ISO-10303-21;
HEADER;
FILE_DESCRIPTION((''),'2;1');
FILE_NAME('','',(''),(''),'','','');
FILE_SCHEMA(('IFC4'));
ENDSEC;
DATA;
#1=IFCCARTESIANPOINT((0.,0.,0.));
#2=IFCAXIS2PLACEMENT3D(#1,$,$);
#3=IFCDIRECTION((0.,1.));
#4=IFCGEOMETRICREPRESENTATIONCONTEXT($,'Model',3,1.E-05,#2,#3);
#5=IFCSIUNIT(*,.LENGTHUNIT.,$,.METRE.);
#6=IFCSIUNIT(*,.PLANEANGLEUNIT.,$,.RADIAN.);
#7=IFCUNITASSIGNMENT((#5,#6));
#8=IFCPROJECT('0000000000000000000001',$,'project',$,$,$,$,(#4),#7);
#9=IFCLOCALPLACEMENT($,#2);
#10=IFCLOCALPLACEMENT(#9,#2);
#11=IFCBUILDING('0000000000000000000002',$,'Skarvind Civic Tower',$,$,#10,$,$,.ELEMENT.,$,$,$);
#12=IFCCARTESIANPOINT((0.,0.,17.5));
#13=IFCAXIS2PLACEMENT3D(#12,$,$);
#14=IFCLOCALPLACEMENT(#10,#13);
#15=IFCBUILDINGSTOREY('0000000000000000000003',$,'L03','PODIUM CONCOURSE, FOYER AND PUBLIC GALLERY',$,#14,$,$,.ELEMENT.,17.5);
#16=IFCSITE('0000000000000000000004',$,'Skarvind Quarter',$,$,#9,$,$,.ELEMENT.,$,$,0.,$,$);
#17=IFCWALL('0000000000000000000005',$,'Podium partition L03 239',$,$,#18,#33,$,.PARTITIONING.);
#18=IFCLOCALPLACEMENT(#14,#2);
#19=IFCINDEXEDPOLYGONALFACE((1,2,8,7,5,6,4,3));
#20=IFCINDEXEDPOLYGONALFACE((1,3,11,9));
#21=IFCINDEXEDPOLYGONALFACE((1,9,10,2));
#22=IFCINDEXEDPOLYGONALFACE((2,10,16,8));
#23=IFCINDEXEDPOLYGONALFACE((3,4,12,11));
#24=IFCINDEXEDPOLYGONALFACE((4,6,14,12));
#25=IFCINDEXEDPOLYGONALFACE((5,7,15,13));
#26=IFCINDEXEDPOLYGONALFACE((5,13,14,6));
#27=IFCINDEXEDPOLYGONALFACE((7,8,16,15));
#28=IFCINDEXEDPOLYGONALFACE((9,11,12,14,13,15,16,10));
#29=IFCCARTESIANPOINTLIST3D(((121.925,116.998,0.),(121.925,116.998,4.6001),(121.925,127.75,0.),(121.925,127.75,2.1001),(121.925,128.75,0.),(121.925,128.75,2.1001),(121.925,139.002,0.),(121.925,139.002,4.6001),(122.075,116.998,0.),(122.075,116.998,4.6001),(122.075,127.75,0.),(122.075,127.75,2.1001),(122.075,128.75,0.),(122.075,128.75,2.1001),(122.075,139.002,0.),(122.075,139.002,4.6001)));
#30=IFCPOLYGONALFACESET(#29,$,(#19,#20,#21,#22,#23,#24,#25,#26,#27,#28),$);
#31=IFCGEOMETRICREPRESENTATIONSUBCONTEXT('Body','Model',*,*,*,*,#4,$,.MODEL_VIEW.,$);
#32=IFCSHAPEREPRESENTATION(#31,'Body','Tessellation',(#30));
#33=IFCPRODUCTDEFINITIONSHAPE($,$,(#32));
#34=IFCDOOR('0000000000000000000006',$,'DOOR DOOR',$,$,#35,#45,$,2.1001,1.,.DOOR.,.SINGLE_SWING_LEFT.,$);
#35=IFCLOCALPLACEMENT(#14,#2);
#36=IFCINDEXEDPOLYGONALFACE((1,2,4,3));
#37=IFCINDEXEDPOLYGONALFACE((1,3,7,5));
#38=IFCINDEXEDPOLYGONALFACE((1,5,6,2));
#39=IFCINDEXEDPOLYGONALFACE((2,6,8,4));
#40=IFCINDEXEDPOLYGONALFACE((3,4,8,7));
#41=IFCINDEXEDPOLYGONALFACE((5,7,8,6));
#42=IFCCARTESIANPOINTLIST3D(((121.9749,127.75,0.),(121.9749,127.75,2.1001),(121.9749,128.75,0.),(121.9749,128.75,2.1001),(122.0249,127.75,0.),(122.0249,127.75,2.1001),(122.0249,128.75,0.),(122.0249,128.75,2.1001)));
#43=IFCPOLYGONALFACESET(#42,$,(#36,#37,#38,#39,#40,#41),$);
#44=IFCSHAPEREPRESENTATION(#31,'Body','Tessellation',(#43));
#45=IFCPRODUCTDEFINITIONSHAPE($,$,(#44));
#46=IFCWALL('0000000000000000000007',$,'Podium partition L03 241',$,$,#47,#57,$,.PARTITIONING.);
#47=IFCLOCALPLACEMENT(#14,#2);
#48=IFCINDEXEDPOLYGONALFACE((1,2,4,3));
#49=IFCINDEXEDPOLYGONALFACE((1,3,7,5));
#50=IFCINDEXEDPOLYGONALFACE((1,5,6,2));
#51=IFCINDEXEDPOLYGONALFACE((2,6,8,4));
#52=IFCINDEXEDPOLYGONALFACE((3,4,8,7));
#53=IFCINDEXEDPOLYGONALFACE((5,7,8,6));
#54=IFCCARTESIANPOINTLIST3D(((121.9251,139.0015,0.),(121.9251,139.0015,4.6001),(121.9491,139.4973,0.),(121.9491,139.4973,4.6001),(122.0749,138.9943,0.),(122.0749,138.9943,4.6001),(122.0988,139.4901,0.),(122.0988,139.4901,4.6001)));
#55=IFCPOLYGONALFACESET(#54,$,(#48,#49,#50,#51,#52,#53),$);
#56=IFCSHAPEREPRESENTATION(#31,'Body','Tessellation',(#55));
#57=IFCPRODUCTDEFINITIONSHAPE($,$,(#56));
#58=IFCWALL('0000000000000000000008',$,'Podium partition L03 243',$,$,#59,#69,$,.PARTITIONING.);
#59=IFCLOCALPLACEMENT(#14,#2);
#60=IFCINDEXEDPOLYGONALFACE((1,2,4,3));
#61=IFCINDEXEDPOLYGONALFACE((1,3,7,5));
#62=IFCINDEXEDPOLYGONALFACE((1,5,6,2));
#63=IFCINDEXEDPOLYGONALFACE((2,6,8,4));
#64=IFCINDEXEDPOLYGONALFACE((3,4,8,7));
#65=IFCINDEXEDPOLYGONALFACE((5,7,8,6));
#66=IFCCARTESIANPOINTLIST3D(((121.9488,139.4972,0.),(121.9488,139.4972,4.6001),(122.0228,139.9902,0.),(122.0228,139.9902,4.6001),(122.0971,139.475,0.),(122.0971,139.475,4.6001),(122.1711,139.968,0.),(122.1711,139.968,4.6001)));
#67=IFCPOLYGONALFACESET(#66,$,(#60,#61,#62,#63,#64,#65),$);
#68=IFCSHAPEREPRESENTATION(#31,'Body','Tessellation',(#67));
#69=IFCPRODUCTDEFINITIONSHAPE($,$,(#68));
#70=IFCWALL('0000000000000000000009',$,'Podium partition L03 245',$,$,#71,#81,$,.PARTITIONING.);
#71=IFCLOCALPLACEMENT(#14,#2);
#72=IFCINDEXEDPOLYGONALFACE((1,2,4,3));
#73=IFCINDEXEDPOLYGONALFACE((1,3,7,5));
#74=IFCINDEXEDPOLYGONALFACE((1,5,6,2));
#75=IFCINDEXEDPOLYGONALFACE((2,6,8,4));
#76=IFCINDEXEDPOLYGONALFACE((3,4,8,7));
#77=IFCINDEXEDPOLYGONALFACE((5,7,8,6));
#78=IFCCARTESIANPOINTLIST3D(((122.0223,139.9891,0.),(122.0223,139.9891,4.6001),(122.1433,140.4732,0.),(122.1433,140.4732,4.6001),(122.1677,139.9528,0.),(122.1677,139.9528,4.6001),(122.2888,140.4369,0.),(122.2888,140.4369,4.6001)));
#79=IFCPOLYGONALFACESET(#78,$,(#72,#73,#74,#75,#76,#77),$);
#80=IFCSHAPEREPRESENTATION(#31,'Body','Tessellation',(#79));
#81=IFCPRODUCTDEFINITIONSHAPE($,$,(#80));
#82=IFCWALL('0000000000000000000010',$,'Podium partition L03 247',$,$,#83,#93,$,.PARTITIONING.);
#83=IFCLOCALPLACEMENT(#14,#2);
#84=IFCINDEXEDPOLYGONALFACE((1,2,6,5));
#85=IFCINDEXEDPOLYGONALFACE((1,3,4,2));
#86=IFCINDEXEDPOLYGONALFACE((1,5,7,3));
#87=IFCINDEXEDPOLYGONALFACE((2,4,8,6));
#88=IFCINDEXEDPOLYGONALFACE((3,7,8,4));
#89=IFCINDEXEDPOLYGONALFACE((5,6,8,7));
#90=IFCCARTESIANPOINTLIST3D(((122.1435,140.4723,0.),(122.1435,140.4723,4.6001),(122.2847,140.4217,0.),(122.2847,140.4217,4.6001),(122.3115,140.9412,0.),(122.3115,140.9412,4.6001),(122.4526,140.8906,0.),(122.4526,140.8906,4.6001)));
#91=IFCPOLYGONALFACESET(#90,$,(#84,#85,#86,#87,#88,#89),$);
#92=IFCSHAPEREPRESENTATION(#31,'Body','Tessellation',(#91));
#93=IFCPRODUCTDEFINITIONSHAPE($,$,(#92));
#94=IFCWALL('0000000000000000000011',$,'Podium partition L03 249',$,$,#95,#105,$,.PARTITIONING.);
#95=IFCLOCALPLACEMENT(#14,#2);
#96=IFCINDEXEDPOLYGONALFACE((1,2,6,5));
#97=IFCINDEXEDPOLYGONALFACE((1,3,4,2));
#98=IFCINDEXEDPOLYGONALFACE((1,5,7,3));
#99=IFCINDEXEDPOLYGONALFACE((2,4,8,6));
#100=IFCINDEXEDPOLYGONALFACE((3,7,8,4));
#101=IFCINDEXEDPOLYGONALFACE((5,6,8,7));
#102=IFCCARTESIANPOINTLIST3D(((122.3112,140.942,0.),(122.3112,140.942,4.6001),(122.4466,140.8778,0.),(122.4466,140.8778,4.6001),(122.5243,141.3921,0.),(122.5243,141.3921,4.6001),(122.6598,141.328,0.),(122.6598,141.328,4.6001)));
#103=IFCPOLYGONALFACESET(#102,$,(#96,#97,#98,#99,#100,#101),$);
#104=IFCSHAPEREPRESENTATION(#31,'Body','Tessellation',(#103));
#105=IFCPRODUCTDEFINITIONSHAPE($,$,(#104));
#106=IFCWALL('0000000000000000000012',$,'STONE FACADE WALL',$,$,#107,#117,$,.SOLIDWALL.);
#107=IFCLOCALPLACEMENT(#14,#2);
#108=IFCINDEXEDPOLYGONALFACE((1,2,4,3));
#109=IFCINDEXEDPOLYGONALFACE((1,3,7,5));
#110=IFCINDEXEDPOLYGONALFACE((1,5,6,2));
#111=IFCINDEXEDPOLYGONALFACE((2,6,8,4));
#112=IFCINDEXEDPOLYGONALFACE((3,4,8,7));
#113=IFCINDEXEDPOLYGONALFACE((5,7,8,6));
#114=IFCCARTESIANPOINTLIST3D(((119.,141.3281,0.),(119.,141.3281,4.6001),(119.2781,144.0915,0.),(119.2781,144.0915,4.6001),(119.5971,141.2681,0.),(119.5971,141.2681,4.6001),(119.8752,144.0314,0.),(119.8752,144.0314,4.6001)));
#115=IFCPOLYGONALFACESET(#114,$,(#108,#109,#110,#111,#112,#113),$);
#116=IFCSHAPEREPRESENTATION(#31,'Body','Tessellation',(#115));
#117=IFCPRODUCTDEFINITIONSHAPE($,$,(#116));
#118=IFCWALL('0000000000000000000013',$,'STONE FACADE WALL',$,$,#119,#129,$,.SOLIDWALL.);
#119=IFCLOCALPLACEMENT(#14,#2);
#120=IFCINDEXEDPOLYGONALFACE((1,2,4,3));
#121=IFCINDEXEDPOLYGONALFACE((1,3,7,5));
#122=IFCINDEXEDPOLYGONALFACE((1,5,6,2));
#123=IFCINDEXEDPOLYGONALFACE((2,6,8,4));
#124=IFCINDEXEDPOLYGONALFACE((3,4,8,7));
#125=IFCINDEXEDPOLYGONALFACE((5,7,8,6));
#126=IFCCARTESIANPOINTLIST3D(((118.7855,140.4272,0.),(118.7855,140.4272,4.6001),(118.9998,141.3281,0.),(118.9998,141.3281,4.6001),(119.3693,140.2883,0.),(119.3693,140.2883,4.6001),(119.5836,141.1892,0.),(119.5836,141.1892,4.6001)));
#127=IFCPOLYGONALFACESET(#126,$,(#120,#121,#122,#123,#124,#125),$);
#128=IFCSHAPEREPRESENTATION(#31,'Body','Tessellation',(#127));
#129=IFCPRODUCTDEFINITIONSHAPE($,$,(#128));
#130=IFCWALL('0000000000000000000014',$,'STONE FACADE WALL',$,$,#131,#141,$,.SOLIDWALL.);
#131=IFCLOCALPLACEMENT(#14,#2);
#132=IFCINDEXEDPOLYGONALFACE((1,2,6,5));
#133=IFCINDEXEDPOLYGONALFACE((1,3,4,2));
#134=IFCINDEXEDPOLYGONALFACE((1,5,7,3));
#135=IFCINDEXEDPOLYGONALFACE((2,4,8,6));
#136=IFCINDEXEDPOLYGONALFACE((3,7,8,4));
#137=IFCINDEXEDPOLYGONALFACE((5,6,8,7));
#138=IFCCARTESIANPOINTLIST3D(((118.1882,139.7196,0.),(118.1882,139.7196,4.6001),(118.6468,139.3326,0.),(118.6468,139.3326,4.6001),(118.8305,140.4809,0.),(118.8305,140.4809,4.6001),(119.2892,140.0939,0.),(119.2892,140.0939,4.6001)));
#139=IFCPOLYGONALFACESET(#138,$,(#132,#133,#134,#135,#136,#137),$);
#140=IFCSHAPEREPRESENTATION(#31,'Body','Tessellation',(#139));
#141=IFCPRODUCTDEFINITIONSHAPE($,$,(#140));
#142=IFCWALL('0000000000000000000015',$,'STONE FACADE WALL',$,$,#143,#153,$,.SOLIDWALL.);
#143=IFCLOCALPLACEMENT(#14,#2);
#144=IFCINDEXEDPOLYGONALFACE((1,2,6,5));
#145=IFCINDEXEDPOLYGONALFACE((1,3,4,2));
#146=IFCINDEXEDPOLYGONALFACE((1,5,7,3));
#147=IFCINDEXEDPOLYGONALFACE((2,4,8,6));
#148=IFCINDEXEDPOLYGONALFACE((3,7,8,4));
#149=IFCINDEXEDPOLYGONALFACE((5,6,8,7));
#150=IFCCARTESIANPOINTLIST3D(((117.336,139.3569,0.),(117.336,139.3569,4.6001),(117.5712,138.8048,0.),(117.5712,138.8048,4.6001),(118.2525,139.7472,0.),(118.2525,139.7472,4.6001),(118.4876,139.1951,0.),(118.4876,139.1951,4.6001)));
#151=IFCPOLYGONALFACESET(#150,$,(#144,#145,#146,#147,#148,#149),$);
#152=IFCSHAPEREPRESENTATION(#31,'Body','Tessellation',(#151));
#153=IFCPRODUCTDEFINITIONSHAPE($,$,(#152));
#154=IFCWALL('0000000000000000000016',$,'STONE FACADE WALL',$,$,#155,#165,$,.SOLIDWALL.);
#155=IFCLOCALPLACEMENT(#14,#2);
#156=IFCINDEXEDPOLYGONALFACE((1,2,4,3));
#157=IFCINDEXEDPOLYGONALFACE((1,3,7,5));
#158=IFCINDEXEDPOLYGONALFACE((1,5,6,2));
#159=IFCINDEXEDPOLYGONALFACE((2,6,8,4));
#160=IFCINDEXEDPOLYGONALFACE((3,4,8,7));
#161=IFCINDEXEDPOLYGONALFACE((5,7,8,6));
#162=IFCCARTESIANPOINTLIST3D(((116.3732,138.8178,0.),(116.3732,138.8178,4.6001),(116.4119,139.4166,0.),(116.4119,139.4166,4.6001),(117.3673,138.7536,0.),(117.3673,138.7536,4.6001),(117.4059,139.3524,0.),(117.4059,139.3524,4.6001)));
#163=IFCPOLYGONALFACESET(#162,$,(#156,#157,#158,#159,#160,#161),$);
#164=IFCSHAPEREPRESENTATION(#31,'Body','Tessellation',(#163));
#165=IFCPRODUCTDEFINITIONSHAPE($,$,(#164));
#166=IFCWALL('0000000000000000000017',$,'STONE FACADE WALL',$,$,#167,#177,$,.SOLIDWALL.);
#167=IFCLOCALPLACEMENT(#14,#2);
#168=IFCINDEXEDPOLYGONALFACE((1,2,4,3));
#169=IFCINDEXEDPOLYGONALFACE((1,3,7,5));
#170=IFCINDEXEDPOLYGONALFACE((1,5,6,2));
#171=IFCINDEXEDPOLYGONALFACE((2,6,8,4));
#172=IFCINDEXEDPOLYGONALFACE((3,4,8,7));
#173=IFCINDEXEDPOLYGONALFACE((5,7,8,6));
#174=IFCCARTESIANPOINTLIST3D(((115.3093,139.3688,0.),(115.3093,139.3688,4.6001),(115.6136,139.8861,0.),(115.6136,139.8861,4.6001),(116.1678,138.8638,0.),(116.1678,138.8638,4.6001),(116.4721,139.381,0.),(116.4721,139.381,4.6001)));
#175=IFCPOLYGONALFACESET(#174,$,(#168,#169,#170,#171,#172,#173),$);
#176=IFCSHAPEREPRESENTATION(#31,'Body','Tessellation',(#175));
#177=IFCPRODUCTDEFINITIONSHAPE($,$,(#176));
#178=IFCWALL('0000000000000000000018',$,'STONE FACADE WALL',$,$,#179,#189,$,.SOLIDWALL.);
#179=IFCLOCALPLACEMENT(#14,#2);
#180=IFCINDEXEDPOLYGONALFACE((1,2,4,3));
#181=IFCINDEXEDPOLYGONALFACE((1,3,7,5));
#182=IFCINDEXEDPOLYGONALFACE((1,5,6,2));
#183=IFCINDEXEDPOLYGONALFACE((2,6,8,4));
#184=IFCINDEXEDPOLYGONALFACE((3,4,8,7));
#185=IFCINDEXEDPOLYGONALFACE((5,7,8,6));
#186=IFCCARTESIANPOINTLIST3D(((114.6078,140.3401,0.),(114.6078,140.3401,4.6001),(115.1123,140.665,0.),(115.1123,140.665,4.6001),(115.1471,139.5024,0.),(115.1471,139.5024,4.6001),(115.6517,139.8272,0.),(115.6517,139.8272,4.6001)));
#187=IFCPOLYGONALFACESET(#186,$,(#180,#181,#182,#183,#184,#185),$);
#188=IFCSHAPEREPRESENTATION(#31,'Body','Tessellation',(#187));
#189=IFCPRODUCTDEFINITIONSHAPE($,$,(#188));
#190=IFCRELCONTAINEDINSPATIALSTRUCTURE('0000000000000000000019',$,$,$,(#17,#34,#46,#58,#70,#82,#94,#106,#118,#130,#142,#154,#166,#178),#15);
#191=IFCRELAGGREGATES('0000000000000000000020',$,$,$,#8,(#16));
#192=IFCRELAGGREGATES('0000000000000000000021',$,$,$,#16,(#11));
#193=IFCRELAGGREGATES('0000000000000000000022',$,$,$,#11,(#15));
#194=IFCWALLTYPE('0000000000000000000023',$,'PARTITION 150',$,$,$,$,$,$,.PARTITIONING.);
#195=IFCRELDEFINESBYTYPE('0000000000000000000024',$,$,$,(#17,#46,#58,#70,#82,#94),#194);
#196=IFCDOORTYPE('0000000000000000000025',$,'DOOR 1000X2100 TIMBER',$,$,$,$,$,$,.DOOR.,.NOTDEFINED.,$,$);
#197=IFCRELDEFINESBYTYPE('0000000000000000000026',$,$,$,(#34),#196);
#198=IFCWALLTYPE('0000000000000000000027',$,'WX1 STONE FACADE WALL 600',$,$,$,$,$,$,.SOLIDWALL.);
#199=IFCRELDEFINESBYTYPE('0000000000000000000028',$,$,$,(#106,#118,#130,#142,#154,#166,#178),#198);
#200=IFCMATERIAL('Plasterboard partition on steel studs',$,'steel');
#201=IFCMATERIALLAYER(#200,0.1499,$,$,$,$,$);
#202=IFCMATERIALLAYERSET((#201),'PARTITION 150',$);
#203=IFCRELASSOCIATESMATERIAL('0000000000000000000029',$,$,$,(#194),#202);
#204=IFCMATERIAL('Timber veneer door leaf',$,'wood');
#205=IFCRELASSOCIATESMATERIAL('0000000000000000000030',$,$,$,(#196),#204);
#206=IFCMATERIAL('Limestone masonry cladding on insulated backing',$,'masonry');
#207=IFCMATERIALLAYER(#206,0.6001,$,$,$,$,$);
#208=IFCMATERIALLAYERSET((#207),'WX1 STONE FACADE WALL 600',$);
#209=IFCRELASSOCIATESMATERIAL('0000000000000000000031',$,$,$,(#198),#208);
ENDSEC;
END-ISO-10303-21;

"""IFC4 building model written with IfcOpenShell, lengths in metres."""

from ifc_helpers import new_model, si_unit, direction, frame, frame_2d, origin, place, context, subcontext, project, spatial, rectangle, extrude, material, layer, layer_set, type_object, element, fill, save


model = new_model("IFC4")

# Units and contexts
model_context = context("Model", 3, precision=1e-05, world=origin(), true_north=direction((0.0, 1.0)))
body_context = subcontext(model_context, "Body", "Model", "MODEL_VIEW")
ifc_project = project(units=[si_unit("LENGTHUNIT", "METRE"), si_unit("PLANEANGLEUNIT", "RADIAN")], contexts=[model_context])

# Site, building, storey
site_placement = place(None, origin())
site = spatial("IfcSite", under=ifc_project, at=site_placement, Name="Skarvind Quarter", CompositionType="ELEMENT", RefElevation=0.0)
building_placement = place(site_placement, origin())
building = spatial("IfcBuilding", under=site, at=building_placement, Name="Skarvind Civic Tower", CompositionType="ELEMENT")
storey_placement = place(building_placement, frame((0.0, 0.0, 17.5)))
storey = spatial("IfcBuildingStorey", under=building, at=storey_placement, Name="L03", Description="PODIUM CONCOURSE, FOYER AND PUBLIC GALLERY", CompositionType="ELEMENT", Elevation=17.5)

# Shared definitions
ifc_material_1 = material(Name="Plasterboard partition on steel studs", Category="steel")
ifc_layer_1 = layer(ifc_material_1, 0.1499)
ifc_layer_set_1 = layer_set([ifc_layer_1], Name="PARTITION 150")
wall_type_1 = type_object("IfcWallType", Name="PARTITION 150", PredefinedType="PARTITIONING", material=ifc_layer_set_1)

# Shared definitions
ifc_material_2 = material(Name="Timber veneer door leaf", Category="wood")
door_type = type_object("IfcDoorType", Name="DOOR 1000X2100 TIMBER", OperationType="NOTDEFINED", PredefinedType="DOOR", material=ifc_material_2)

# Wall, opening, door
wall_1_placement = place(storey_placement, frame((122.0, 139.002, 0.0), z_axis=(0.0, 0.0, 1.0), x_axis=(0.0, -1.0, 0.0)))
wall_1 = element("IfcWall", 1, at=wall_1_placement, inside=storey, type_object=wall_type_1, Name="Podium partition L03 239", PredefinedType="PARTITIONING", context=body_context, shape_type="SweptSolid", body=[
    extrude(rectangle(XDim=22.0039, YDim=0.1499, at=frame_2d((11.002, 0.0))), origin(), (0.0, 0.0, 1.0), 4.6001),
])
opening_1_placement = place(wall_1_placement, frame((10.252, 0.0, 0.0)))
opening_1 = element("IfcOpeningElement", 2, at=opening_1_placement, cuts=wall_1, PredefinedType="OPENING", context=body_context, shape_type="SweptSolid", body=[
    extrude(rectangle(XDim=1.0, YDim=2.1001, at=frame_2d((0.5, 1.05))), frame((0.0, 0.085, 0.0), z_axis=(0.0, -1.0, 0.0), x_axis=(1.0, 0.0, 0.0)), (0.0, 0.0, 1.0), 0.1699),
])
door_1_placement = place(opening_1_placement, origin())
door_1 = element("IfcDoor", 3, at=door_1_placement, inside=storey, type_object=door_type, Name="DOOR DOOR", OperationType="SINGLE_SWING_LEFT", OverallHeight=2.1001, OverallWidth=1.0, PredefinedType="DOOR", context=body_context, shape_type="SweptSolid", body=[
    extrude(rectangle(XDim=1.0, YDim=2.1001, at=frame_2d((0.5, 1.05))), frame((0.0, 0.0249, 0.0), z_axis=(0.0, -1.0, 0.0), x_axis=(1.0, 0.0, 0.0)), (0.0, 0.0, 1.0), 0.05),
])
fill(opening_1, door_1)

# Walls
wall_2_placement = place(storey_placement, frame((122.0, 138.998, 0.0), z_axis=(0.0, 0.0, 1.0), x_axis=(0.048196, 0.998838, 0.0)))
element("IfcWall", 4, at=wall_2_placement, inside=storey, type_object=wall_type_1, Name="Podium partition L03 241", PredefinedType="PARTITIONING", context=body_context, shape_type="SweptSolid", body=[
    extrude(rectangle(XDim=0.4963, YDim=0.1499, at=frame_2d((0.248, 0.0))), origin(), (0.0, 0.0, 1.0), 4.6001),
])
wall_3_placement = place(storey_placement, frame((122.0229, 139.4861, 0.0), z_axis=(0.0, 0.0, 1.0), x_axis=(0.148412, 0.988926, 0.0)))
element("IfcWall", 5, at=wall_3_placement, inside=storey, type_object=wall_type_1, Name="Podium partition L03 243", PredefinedType="PARTITIONING", context=body_context, shape_type="SweptSolid", body=[
    extrude(rectangle(XDim=0.4985, YDim=0.1499, at=frame_2d((0.2493, 0.0))), origin(), (0.0, 0.0, 1.0), 4.6001),
])
wall_4_placement = place(storey_placement, frame((122.095, 139.9709, 0.0), z_axis=(0.0, 0.0, 1.0), x_axis=(0.242651, 0.970114, 0.0)))
element("IfcWall", 6, at=wall_4_placement, inside=storey, type_object=wall_type_1, Name="Podium partition L03 245", PredefinedType="PARTITIONING", context=body_context, shape_type="SweptSolid", body=[
    extrude(rectangle(XDim=0.499, YDim=0.1499, at=frame_2d((0.2495, 0.0))), origin(), (0.0, 0.0, 1.0), 4.6001),
])
for number, where, z_axis, x_axis, name in (
    (7, (122.2141, 140.447, 0.0), (0.0, 0.0, 1.0), (0.337174, 0.941442, 0.0), "Podium partition L03 247"),
    (8, (122.3789, 140.9099, 0.0), (0.0, 0.0, 1.0), (0.427897, 0.903828, 0.0), "Podium partition L03 249"),
):
    element("IfcWall", number, at=place(storey_placement, frame(where, z_axis=z_axis, x_axis=x_axis)), inside=storey, type_object=wall_type_1, Name=name, PredefinedType="PARTITIONING", context=body_context, shape_type="SweptSolid", body=[
        extrude(rectangle(XDim=0.498, YDim=0.1499, at=frame_2d((0.249, 0.0))), origin(), (0.0, 0.0, 1.0), 4.6001),
    ])
ifc_material_3 = material(Name="Limestone masonry cladding on insulated backing", Category="masonry")
ifc_layer_2 = layer(ifc_material_3, 0.6001)
ifc_layer_set_2 = layer_set([ifc_layer_2], Name="WX1 STONE FACADE WALL 600")
wall_type_2 = type_object("IfcWallType", Name="WX1 STONE FACADE WALL 600", PredefinedType="SOLIDWALL", material=ifc_layer_set_2)
wall_5_placement = place(storey_placement, frame((119.2986, 141.2981, 0.0), z_axis=(0.0, 0.0, 1.0), x_axis=(0.100122, 0.994975, 0.0)))
element("IfcWall", 9, at=wall_5_placement, inside=storey, type_object=wall_type_2, Name="STONE FACADE WALL", PredefinedType="SOLIDWALL", context=body_context, shape_type="SweptSolid", body=[
    extrude(rectangle(XDim=2.7773, YDim=0.6001, at=frame_2d((1.3887, 0.0))), origin(), (0.0, 0.0, 1.0), 4.6001),
])
wall_6_placement = place(storey_placement, frame((119.0774, 140.3579, 0.0), z_axis=(0.0, 0.0, 1.0), x_axis=(0.231478, 0.97284, 0.0)))
element("IfcWall", 10, at=wall_6_placement, inside=storey, type_object=wall_type_2, Name="STONE FACADE WALL", PredefinedType="SOLIDWALL", context=body_context, shape_type="SweptSolid", body=[
    extrude(rectangle(XDim=0.926, YDim=0.6001, at=frame_2d((0.4629, 0.0))), origin(), (0.0, 0.0, 1.0), 4.6001),
])
for number, where, z_axis, x_axis, name in (
    (11, (118.4175, 139.5261, 0.0), (0.0, 0.0, 1.0), (0.644898, 0.764269, 0.0), "STONE FACADE WALL"),
    (12, (117.4536, 139.0808, 0.0), (0.0, 0.0, 1.0), (0.920017, 0.391877, 0.0), "STONE FACADE WALL"),
    (13, (116.3926, 139.1172, 0.0), (0.0, 0.0, 1.0), (0.997921, -0.064453, 0.0), "STONE FACADE WALL"),
    (14, (115.4614, 139.6274, 0.0), (0.0, 0.0, 1.0), (0.861915, -0.507052, 0.0), "STONE FACADE WALL"),
):
    element("IfcWall", number, at=place(storey_placement, frame(where, z_axis=z_axis, x_axis=x_axis)), inside=storey, type_object=wall_type_2, Name=name, PredefinedType="SOLIDWALL", context=body_context, shape_type="SweptSolid", body=[
        extrude(rectangle(XDim=0.9961, YDim=0.6001, at=frame_2d((0.498, 0.0))), origin(), (0.0, 0.0, 1.0), 4.6001),
    ])
wall_7_placement = place(storey_placement, frame((114.8601, 140.5024, 0.0), z_axis=(0.0, 0.0, 1.0), x_axis=(0.54134, -0.840804, 0.0)))
element("IfcWall", 15, at=wall_7_placement, inside=storey, type_object=wall_type_2, Name="STONE FACADE WALL", PredefinedType="SOLIDWALL", context=body_context, shape_type="SweptSolid", body=[
    extrude(rectangle(XDim=0.9963, YDim=0.6001, at=frame_2d((0.498, 0.0))), origin(), (0.0, 0.0, 1.0), 4.6001),
])

save(model, "model.ifc")
